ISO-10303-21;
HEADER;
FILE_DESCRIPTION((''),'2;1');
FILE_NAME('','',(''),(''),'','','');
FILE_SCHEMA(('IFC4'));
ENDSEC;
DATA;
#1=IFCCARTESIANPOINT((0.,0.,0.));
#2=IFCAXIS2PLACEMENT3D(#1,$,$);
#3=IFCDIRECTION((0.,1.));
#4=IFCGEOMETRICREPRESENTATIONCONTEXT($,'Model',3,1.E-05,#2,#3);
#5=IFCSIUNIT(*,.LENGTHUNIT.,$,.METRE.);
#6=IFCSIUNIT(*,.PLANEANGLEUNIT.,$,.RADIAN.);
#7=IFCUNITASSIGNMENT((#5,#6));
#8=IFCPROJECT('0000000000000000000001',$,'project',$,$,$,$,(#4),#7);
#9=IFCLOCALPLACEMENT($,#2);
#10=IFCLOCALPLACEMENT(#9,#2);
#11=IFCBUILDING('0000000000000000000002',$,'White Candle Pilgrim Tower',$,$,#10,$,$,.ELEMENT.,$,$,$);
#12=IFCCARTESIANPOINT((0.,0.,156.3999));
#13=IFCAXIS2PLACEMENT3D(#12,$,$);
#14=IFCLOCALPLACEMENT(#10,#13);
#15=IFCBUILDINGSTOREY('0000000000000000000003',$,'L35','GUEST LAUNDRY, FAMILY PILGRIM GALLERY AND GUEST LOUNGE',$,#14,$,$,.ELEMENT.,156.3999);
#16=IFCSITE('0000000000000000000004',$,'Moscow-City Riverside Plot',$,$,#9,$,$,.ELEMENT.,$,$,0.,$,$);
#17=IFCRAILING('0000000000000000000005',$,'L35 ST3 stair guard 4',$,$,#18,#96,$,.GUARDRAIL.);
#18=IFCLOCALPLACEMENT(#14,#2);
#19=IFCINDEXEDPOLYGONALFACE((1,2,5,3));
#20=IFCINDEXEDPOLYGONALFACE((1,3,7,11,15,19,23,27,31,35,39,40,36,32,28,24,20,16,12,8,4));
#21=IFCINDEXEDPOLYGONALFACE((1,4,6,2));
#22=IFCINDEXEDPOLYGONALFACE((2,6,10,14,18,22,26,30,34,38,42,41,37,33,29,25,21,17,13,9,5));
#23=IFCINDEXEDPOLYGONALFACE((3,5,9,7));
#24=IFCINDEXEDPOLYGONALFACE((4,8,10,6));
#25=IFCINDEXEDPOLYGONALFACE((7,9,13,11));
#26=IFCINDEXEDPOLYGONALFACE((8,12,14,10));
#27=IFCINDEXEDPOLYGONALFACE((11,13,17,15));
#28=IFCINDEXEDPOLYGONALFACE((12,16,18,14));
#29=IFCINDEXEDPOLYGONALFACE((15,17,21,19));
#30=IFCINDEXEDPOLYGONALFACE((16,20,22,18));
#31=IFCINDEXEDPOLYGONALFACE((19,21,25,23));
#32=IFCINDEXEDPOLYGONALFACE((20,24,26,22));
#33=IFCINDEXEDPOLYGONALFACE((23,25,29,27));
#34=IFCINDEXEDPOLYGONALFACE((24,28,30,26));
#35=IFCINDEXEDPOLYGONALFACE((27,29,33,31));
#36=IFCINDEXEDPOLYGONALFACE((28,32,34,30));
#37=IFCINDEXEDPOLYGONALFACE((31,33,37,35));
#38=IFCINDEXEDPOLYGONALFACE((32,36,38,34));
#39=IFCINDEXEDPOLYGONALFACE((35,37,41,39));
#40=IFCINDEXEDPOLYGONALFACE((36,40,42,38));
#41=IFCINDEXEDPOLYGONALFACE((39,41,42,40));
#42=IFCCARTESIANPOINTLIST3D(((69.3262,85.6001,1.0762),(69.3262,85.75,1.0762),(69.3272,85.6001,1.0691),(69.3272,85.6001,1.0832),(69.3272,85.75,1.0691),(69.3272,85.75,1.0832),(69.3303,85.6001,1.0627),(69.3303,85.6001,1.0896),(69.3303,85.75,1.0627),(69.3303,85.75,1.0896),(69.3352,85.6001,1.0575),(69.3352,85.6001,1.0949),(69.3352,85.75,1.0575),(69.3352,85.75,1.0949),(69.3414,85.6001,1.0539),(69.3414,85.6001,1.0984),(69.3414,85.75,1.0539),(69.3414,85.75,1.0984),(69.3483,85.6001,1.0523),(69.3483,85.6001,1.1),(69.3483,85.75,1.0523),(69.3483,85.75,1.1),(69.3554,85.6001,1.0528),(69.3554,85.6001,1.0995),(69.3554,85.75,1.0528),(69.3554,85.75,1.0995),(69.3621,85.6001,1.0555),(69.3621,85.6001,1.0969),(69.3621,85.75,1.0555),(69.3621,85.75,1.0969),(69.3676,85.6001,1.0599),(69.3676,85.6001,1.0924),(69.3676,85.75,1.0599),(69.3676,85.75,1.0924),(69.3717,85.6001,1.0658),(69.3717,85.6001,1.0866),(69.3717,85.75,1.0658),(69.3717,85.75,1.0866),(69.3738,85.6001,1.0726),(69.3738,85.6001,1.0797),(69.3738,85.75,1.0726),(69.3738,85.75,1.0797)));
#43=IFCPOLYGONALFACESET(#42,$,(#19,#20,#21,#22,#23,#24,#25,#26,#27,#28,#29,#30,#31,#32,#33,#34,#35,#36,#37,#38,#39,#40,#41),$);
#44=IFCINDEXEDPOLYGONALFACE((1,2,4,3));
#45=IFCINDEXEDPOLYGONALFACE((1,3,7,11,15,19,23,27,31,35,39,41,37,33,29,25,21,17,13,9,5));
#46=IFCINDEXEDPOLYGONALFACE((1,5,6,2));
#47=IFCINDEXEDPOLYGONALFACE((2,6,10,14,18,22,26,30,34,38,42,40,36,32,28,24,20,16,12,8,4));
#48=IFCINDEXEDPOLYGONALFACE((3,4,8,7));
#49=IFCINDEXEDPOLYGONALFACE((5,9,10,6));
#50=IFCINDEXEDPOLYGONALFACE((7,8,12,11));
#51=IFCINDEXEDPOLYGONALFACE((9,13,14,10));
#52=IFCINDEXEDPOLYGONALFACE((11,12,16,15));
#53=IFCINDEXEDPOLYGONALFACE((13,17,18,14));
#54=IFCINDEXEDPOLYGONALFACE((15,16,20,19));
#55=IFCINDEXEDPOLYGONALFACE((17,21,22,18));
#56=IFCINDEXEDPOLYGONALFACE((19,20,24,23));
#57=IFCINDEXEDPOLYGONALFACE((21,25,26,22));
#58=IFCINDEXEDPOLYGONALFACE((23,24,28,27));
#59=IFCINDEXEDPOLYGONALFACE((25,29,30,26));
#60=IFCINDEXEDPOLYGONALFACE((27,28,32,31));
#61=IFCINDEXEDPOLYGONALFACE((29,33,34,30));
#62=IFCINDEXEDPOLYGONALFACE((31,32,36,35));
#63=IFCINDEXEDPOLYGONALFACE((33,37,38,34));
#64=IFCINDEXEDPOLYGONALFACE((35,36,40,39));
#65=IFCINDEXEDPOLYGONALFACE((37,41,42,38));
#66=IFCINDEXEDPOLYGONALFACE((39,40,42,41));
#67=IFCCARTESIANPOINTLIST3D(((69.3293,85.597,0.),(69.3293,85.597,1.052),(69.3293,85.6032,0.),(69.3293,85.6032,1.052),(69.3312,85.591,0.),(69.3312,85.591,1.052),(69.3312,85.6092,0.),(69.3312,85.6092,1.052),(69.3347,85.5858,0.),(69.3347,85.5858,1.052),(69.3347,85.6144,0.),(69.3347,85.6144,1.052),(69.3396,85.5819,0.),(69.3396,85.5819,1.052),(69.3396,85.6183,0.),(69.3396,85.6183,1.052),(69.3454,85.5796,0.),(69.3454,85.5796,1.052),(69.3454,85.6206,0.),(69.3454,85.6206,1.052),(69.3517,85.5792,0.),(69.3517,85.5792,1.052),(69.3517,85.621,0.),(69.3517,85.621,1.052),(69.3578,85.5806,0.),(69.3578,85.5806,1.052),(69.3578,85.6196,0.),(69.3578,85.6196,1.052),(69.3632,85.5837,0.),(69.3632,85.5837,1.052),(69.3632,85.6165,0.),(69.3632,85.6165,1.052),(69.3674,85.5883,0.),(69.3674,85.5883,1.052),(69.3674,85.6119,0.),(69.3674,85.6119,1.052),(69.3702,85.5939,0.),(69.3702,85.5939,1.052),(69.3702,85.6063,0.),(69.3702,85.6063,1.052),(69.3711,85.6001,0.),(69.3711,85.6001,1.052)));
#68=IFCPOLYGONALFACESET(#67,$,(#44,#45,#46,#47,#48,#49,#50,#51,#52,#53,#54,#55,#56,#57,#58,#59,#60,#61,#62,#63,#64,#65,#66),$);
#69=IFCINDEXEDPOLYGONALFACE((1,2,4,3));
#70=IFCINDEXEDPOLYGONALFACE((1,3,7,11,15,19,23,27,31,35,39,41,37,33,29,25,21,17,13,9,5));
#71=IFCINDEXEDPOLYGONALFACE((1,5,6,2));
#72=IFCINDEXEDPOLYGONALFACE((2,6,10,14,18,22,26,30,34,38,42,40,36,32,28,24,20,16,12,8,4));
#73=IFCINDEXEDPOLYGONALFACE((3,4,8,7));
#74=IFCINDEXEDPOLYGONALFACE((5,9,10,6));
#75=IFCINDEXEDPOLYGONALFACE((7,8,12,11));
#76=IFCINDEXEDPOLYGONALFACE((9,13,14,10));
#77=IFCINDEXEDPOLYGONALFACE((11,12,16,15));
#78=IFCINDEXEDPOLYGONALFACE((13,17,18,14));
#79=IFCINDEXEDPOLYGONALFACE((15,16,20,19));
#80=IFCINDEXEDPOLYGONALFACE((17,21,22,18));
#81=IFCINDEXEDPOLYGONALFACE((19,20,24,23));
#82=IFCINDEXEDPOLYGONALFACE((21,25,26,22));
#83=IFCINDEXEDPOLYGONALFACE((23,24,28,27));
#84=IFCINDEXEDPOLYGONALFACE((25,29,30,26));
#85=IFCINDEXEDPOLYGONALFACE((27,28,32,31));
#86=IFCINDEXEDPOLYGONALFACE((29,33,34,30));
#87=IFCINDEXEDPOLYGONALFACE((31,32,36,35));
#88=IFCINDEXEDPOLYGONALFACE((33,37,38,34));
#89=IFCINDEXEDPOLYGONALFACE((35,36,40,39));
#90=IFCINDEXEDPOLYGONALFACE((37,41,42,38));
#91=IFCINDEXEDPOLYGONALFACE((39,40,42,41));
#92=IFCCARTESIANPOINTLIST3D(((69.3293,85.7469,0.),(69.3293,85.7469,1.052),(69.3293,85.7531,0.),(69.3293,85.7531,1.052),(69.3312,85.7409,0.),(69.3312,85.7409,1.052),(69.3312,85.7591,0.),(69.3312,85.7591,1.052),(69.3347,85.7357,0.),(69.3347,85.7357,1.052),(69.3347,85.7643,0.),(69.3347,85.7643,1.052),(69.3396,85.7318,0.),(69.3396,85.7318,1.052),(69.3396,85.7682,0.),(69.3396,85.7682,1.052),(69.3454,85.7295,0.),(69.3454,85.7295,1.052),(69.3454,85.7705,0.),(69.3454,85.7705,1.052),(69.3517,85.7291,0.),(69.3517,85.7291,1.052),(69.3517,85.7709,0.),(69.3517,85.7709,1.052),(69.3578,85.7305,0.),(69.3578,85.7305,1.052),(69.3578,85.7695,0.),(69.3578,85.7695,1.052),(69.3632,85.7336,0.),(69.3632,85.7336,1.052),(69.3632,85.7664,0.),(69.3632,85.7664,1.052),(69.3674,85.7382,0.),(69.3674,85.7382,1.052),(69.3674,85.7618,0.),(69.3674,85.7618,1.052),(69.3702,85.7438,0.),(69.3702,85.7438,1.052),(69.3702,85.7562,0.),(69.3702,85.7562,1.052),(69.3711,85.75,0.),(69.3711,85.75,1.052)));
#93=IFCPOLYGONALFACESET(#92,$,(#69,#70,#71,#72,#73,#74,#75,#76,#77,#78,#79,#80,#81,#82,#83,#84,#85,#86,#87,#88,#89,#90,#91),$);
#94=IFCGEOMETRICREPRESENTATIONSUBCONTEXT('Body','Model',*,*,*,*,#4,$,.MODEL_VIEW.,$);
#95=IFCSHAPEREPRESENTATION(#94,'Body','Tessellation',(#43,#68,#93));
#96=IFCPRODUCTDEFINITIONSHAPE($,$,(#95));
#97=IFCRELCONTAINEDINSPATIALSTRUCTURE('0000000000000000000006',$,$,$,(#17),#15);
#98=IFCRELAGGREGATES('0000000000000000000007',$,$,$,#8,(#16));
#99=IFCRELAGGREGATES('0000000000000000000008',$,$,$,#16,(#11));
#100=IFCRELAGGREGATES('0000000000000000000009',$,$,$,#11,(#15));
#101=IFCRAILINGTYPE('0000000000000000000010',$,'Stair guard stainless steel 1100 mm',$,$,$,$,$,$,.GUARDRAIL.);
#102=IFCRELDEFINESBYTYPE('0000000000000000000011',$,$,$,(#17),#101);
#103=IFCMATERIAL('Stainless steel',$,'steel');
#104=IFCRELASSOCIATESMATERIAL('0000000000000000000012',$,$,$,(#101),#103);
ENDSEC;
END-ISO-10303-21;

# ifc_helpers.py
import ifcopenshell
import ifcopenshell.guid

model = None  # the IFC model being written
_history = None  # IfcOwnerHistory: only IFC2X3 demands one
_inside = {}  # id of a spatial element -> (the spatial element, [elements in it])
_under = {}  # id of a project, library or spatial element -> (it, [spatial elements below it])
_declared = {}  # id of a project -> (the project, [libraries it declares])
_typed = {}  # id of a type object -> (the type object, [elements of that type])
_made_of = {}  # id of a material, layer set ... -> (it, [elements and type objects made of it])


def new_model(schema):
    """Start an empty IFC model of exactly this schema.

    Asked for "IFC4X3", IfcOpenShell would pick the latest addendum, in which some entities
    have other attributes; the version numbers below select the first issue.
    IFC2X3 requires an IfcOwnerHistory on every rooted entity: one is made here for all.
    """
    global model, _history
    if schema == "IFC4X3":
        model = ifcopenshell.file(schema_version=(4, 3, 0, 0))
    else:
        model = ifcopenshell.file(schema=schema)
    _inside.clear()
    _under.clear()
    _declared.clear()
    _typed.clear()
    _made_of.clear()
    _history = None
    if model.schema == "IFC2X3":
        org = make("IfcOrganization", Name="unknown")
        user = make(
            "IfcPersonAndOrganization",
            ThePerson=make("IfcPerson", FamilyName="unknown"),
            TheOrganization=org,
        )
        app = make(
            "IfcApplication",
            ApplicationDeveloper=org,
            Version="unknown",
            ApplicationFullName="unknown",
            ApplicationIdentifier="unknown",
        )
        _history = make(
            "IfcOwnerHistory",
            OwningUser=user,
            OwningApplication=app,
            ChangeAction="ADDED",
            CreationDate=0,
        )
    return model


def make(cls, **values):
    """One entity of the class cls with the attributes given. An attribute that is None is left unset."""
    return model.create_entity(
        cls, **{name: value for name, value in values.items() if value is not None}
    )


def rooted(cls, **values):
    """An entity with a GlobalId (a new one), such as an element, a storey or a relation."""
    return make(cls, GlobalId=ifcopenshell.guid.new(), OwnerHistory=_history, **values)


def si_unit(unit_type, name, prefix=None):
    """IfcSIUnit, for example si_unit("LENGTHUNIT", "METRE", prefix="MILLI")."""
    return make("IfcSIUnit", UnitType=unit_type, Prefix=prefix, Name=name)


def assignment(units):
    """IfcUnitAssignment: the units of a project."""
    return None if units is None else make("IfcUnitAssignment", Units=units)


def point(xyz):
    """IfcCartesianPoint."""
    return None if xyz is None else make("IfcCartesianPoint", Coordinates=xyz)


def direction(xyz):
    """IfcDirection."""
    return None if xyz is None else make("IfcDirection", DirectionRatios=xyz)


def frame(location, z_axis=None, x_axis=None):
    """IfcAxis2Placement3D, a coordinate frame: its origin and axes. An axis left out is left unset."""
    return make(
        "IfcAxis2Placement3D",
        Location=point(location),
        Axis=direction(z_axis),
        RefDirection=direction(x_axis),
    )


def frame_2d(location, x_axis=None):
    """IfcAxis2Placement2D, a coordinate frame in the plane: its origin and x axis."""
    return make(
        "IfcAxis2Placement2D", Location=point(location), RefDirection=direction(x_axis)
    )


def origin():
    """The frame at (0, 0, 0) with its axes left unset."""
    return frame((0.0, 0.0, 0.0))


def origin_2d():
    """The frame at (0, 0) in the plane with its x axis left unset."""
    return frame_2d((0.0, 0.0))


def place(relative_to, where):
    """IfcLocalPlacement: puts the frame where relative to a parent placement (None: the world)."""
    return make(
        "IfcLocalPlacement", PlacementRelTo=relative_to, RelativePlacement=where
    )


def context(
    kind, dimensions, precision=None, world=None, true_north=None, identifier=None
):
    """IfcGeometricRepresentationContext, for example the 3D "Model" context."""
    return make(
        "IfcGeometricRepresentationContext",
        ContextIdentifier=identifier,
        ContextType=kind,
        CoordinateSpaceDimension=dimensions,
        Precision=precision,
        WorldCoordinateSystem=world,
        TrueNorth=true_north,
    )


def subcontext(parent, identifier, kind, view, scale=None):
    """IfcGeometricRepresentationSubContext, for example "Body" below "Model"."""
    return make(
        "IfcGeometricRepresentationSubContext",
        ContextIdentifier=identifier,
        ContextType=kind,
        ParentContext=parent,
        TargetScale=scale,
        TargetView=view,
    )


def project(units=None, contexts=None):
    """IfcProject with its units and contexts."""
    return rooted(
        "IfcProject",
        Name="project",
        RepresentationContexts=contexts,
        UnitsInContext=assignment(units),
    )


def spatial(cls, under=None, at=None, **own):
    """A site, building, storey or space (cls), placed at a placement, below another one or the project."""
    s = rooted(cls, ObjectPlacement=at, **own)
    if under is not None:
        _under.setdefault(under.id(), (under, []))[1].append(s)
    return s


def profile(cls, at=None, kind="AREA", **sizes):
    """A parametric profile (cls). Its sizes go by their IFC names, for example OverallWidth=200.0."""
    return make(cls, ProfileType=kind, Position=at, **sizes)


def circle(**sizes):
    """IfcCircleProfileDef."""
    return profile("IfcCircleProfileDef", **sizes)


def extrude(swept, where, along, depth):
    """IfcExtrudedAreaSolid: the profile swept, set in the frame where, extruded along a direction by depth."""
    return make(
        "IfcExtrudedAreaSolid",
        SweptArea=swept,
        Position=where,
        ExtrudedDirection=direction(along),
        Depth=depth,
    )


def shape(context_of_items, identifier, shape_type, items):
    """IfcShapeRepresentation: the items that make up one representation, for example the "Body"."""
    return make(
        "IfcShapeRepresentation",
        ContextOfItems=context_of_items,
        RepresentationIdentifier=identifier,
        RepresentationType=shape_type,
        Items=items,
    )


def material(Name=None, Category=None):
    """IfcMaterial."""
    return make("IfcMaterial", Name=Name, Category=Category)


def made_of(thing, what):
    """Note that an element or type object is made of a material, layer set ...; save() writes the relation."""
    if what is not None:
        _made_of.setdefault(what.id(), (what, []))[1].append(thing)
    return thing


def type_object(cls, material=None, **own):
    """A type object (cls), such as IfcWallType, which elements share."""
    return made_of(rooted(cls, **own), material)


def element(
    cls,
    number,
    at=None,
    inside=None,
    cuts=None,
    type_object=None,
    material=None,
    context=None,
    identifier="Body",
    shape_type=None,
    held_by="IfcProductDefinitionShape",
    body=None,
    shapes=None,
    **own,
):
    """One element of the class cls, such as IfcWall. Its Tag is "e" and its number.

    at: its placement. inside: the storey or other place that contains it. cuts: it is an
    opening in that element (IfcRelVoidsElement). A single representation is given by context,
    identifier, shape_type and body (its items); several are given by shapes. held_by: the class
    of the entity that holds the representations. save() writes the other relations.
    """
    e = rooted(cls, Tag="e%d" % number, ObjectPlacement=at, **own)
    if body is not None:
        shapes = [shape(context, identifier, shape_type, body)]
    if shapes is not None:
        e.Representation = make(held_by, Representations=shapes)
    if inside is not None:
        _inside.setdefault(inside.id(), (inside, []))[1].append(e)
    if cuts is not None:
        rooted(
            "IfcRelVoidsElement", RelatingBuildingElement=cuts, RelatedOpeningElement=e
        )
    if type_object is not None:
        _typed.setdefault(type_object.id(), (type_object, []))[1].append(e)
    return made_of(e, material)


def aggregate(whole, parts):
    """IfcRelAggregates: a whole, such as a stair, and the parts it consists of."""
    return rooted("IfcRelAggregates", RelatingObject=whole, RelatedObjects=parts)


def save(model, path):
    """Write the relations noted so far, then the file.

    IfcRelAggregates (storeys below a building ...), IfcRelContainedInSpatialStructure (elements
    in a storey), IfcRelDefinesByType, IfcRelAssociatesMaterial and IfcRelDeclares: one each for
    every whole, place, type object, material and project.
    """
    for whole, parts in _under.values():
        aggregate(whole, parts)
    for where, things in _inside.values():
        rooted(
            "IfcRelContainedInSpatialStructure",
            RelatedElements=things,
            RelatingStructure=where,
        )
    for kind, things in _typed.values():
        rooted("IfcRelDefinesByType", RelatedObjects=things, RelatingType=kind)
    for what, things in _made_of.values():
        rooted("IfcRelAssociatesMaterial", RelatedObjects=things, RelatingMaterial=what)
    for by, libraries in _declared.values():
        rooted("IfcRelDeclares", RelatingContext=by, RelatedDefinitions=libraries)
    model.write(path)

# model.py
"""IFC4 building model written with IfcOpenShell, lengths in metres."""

from ifc_helpers import new_model, si_unit, direction, frame, origin, origin_2d, place, context, subcontext, project, spatial, circle, extrude, material, type_object, element, save


model = new_model("IFC4")

# Units and contexts
model_context = context("Model", 3, precision=1e-05, world=origin(), true_north=direction((0.0, 1.0)))
body_context = subcontext(model_context, "Body", "Model", "MODEL_VIEW")
ifc_project = project(units=[si_unit("LENGTHUNIT", "METRE"), si_unit("PLANEANGLEUNIT", "RADIAN")], contexts=[model_context])

# Site, building, storey
site_placement = place(None, origin())
site = spatial("IfcSite", under=ifc_project, at=site_placement, Name="Moscow-City Riverside Plot", CompositionType="ELEMENT", RefElevation=0.0)
building_placement = place(site_placement, origin())
building = spatial("IfcBuilding", under=site, at=building_placement, Name="White Candle Pilgrim Tower", CompositionType="ELEMENT")
storey_placement = place(building_placement, frame((0.0, 0.0, 156.3999)))
storey = spatial("IfcBuildingStorey", under=building, at=storey_placement, Name="L35", Description="GUEST LAUNDRY, FAMILY PILGRIM GALLERY AND GUEST LOUNGE", CompositionType="ELEMENT", Elevation=156.3999)

# Shared definitions
ifc_material_1 = material(Name="Stainless steel", Category="steel")

# Railing
railing_type_1 = type_object("IfcRailingType", Name="Stair guard stainless steel 1100 mm", PredefinedType="GUARDRAIL", material=ifc_material_1)
railing_1_placement = place(storey_placement, frame((69.3501, 85.6001, 0.0)))
element("IfcRailing", 1, at=railing_1_placement, inside=storey, type_object=railing_type_1, Name="L35 ST3 stair guard 4", PredefinedType="GUARDRAIL", context=body_context, shape_type="SweptSolid", body=[
    extrude(circle(Radius=0.0239, at=origin_2d()), frame((0.0, 0.0, 1.0762), z_axis=(0.0, 1.0, 0.0), x_axis=(-1.0, 0.0, 0.0)), (0.0, 0.0, 1.0), 0.1499),
    extrude(circle(Radius=0.021, at=origin_2d()), origin(), (0.0, 0.0, 1.0), 1.052),
    extrude(circle(Radius=0.021, at=origin_2d()), frame((0.0, 0.1499, 0.0)), (0.0, 0.0, 1.0), 1.052),
])

save(model, "model.ifc")
